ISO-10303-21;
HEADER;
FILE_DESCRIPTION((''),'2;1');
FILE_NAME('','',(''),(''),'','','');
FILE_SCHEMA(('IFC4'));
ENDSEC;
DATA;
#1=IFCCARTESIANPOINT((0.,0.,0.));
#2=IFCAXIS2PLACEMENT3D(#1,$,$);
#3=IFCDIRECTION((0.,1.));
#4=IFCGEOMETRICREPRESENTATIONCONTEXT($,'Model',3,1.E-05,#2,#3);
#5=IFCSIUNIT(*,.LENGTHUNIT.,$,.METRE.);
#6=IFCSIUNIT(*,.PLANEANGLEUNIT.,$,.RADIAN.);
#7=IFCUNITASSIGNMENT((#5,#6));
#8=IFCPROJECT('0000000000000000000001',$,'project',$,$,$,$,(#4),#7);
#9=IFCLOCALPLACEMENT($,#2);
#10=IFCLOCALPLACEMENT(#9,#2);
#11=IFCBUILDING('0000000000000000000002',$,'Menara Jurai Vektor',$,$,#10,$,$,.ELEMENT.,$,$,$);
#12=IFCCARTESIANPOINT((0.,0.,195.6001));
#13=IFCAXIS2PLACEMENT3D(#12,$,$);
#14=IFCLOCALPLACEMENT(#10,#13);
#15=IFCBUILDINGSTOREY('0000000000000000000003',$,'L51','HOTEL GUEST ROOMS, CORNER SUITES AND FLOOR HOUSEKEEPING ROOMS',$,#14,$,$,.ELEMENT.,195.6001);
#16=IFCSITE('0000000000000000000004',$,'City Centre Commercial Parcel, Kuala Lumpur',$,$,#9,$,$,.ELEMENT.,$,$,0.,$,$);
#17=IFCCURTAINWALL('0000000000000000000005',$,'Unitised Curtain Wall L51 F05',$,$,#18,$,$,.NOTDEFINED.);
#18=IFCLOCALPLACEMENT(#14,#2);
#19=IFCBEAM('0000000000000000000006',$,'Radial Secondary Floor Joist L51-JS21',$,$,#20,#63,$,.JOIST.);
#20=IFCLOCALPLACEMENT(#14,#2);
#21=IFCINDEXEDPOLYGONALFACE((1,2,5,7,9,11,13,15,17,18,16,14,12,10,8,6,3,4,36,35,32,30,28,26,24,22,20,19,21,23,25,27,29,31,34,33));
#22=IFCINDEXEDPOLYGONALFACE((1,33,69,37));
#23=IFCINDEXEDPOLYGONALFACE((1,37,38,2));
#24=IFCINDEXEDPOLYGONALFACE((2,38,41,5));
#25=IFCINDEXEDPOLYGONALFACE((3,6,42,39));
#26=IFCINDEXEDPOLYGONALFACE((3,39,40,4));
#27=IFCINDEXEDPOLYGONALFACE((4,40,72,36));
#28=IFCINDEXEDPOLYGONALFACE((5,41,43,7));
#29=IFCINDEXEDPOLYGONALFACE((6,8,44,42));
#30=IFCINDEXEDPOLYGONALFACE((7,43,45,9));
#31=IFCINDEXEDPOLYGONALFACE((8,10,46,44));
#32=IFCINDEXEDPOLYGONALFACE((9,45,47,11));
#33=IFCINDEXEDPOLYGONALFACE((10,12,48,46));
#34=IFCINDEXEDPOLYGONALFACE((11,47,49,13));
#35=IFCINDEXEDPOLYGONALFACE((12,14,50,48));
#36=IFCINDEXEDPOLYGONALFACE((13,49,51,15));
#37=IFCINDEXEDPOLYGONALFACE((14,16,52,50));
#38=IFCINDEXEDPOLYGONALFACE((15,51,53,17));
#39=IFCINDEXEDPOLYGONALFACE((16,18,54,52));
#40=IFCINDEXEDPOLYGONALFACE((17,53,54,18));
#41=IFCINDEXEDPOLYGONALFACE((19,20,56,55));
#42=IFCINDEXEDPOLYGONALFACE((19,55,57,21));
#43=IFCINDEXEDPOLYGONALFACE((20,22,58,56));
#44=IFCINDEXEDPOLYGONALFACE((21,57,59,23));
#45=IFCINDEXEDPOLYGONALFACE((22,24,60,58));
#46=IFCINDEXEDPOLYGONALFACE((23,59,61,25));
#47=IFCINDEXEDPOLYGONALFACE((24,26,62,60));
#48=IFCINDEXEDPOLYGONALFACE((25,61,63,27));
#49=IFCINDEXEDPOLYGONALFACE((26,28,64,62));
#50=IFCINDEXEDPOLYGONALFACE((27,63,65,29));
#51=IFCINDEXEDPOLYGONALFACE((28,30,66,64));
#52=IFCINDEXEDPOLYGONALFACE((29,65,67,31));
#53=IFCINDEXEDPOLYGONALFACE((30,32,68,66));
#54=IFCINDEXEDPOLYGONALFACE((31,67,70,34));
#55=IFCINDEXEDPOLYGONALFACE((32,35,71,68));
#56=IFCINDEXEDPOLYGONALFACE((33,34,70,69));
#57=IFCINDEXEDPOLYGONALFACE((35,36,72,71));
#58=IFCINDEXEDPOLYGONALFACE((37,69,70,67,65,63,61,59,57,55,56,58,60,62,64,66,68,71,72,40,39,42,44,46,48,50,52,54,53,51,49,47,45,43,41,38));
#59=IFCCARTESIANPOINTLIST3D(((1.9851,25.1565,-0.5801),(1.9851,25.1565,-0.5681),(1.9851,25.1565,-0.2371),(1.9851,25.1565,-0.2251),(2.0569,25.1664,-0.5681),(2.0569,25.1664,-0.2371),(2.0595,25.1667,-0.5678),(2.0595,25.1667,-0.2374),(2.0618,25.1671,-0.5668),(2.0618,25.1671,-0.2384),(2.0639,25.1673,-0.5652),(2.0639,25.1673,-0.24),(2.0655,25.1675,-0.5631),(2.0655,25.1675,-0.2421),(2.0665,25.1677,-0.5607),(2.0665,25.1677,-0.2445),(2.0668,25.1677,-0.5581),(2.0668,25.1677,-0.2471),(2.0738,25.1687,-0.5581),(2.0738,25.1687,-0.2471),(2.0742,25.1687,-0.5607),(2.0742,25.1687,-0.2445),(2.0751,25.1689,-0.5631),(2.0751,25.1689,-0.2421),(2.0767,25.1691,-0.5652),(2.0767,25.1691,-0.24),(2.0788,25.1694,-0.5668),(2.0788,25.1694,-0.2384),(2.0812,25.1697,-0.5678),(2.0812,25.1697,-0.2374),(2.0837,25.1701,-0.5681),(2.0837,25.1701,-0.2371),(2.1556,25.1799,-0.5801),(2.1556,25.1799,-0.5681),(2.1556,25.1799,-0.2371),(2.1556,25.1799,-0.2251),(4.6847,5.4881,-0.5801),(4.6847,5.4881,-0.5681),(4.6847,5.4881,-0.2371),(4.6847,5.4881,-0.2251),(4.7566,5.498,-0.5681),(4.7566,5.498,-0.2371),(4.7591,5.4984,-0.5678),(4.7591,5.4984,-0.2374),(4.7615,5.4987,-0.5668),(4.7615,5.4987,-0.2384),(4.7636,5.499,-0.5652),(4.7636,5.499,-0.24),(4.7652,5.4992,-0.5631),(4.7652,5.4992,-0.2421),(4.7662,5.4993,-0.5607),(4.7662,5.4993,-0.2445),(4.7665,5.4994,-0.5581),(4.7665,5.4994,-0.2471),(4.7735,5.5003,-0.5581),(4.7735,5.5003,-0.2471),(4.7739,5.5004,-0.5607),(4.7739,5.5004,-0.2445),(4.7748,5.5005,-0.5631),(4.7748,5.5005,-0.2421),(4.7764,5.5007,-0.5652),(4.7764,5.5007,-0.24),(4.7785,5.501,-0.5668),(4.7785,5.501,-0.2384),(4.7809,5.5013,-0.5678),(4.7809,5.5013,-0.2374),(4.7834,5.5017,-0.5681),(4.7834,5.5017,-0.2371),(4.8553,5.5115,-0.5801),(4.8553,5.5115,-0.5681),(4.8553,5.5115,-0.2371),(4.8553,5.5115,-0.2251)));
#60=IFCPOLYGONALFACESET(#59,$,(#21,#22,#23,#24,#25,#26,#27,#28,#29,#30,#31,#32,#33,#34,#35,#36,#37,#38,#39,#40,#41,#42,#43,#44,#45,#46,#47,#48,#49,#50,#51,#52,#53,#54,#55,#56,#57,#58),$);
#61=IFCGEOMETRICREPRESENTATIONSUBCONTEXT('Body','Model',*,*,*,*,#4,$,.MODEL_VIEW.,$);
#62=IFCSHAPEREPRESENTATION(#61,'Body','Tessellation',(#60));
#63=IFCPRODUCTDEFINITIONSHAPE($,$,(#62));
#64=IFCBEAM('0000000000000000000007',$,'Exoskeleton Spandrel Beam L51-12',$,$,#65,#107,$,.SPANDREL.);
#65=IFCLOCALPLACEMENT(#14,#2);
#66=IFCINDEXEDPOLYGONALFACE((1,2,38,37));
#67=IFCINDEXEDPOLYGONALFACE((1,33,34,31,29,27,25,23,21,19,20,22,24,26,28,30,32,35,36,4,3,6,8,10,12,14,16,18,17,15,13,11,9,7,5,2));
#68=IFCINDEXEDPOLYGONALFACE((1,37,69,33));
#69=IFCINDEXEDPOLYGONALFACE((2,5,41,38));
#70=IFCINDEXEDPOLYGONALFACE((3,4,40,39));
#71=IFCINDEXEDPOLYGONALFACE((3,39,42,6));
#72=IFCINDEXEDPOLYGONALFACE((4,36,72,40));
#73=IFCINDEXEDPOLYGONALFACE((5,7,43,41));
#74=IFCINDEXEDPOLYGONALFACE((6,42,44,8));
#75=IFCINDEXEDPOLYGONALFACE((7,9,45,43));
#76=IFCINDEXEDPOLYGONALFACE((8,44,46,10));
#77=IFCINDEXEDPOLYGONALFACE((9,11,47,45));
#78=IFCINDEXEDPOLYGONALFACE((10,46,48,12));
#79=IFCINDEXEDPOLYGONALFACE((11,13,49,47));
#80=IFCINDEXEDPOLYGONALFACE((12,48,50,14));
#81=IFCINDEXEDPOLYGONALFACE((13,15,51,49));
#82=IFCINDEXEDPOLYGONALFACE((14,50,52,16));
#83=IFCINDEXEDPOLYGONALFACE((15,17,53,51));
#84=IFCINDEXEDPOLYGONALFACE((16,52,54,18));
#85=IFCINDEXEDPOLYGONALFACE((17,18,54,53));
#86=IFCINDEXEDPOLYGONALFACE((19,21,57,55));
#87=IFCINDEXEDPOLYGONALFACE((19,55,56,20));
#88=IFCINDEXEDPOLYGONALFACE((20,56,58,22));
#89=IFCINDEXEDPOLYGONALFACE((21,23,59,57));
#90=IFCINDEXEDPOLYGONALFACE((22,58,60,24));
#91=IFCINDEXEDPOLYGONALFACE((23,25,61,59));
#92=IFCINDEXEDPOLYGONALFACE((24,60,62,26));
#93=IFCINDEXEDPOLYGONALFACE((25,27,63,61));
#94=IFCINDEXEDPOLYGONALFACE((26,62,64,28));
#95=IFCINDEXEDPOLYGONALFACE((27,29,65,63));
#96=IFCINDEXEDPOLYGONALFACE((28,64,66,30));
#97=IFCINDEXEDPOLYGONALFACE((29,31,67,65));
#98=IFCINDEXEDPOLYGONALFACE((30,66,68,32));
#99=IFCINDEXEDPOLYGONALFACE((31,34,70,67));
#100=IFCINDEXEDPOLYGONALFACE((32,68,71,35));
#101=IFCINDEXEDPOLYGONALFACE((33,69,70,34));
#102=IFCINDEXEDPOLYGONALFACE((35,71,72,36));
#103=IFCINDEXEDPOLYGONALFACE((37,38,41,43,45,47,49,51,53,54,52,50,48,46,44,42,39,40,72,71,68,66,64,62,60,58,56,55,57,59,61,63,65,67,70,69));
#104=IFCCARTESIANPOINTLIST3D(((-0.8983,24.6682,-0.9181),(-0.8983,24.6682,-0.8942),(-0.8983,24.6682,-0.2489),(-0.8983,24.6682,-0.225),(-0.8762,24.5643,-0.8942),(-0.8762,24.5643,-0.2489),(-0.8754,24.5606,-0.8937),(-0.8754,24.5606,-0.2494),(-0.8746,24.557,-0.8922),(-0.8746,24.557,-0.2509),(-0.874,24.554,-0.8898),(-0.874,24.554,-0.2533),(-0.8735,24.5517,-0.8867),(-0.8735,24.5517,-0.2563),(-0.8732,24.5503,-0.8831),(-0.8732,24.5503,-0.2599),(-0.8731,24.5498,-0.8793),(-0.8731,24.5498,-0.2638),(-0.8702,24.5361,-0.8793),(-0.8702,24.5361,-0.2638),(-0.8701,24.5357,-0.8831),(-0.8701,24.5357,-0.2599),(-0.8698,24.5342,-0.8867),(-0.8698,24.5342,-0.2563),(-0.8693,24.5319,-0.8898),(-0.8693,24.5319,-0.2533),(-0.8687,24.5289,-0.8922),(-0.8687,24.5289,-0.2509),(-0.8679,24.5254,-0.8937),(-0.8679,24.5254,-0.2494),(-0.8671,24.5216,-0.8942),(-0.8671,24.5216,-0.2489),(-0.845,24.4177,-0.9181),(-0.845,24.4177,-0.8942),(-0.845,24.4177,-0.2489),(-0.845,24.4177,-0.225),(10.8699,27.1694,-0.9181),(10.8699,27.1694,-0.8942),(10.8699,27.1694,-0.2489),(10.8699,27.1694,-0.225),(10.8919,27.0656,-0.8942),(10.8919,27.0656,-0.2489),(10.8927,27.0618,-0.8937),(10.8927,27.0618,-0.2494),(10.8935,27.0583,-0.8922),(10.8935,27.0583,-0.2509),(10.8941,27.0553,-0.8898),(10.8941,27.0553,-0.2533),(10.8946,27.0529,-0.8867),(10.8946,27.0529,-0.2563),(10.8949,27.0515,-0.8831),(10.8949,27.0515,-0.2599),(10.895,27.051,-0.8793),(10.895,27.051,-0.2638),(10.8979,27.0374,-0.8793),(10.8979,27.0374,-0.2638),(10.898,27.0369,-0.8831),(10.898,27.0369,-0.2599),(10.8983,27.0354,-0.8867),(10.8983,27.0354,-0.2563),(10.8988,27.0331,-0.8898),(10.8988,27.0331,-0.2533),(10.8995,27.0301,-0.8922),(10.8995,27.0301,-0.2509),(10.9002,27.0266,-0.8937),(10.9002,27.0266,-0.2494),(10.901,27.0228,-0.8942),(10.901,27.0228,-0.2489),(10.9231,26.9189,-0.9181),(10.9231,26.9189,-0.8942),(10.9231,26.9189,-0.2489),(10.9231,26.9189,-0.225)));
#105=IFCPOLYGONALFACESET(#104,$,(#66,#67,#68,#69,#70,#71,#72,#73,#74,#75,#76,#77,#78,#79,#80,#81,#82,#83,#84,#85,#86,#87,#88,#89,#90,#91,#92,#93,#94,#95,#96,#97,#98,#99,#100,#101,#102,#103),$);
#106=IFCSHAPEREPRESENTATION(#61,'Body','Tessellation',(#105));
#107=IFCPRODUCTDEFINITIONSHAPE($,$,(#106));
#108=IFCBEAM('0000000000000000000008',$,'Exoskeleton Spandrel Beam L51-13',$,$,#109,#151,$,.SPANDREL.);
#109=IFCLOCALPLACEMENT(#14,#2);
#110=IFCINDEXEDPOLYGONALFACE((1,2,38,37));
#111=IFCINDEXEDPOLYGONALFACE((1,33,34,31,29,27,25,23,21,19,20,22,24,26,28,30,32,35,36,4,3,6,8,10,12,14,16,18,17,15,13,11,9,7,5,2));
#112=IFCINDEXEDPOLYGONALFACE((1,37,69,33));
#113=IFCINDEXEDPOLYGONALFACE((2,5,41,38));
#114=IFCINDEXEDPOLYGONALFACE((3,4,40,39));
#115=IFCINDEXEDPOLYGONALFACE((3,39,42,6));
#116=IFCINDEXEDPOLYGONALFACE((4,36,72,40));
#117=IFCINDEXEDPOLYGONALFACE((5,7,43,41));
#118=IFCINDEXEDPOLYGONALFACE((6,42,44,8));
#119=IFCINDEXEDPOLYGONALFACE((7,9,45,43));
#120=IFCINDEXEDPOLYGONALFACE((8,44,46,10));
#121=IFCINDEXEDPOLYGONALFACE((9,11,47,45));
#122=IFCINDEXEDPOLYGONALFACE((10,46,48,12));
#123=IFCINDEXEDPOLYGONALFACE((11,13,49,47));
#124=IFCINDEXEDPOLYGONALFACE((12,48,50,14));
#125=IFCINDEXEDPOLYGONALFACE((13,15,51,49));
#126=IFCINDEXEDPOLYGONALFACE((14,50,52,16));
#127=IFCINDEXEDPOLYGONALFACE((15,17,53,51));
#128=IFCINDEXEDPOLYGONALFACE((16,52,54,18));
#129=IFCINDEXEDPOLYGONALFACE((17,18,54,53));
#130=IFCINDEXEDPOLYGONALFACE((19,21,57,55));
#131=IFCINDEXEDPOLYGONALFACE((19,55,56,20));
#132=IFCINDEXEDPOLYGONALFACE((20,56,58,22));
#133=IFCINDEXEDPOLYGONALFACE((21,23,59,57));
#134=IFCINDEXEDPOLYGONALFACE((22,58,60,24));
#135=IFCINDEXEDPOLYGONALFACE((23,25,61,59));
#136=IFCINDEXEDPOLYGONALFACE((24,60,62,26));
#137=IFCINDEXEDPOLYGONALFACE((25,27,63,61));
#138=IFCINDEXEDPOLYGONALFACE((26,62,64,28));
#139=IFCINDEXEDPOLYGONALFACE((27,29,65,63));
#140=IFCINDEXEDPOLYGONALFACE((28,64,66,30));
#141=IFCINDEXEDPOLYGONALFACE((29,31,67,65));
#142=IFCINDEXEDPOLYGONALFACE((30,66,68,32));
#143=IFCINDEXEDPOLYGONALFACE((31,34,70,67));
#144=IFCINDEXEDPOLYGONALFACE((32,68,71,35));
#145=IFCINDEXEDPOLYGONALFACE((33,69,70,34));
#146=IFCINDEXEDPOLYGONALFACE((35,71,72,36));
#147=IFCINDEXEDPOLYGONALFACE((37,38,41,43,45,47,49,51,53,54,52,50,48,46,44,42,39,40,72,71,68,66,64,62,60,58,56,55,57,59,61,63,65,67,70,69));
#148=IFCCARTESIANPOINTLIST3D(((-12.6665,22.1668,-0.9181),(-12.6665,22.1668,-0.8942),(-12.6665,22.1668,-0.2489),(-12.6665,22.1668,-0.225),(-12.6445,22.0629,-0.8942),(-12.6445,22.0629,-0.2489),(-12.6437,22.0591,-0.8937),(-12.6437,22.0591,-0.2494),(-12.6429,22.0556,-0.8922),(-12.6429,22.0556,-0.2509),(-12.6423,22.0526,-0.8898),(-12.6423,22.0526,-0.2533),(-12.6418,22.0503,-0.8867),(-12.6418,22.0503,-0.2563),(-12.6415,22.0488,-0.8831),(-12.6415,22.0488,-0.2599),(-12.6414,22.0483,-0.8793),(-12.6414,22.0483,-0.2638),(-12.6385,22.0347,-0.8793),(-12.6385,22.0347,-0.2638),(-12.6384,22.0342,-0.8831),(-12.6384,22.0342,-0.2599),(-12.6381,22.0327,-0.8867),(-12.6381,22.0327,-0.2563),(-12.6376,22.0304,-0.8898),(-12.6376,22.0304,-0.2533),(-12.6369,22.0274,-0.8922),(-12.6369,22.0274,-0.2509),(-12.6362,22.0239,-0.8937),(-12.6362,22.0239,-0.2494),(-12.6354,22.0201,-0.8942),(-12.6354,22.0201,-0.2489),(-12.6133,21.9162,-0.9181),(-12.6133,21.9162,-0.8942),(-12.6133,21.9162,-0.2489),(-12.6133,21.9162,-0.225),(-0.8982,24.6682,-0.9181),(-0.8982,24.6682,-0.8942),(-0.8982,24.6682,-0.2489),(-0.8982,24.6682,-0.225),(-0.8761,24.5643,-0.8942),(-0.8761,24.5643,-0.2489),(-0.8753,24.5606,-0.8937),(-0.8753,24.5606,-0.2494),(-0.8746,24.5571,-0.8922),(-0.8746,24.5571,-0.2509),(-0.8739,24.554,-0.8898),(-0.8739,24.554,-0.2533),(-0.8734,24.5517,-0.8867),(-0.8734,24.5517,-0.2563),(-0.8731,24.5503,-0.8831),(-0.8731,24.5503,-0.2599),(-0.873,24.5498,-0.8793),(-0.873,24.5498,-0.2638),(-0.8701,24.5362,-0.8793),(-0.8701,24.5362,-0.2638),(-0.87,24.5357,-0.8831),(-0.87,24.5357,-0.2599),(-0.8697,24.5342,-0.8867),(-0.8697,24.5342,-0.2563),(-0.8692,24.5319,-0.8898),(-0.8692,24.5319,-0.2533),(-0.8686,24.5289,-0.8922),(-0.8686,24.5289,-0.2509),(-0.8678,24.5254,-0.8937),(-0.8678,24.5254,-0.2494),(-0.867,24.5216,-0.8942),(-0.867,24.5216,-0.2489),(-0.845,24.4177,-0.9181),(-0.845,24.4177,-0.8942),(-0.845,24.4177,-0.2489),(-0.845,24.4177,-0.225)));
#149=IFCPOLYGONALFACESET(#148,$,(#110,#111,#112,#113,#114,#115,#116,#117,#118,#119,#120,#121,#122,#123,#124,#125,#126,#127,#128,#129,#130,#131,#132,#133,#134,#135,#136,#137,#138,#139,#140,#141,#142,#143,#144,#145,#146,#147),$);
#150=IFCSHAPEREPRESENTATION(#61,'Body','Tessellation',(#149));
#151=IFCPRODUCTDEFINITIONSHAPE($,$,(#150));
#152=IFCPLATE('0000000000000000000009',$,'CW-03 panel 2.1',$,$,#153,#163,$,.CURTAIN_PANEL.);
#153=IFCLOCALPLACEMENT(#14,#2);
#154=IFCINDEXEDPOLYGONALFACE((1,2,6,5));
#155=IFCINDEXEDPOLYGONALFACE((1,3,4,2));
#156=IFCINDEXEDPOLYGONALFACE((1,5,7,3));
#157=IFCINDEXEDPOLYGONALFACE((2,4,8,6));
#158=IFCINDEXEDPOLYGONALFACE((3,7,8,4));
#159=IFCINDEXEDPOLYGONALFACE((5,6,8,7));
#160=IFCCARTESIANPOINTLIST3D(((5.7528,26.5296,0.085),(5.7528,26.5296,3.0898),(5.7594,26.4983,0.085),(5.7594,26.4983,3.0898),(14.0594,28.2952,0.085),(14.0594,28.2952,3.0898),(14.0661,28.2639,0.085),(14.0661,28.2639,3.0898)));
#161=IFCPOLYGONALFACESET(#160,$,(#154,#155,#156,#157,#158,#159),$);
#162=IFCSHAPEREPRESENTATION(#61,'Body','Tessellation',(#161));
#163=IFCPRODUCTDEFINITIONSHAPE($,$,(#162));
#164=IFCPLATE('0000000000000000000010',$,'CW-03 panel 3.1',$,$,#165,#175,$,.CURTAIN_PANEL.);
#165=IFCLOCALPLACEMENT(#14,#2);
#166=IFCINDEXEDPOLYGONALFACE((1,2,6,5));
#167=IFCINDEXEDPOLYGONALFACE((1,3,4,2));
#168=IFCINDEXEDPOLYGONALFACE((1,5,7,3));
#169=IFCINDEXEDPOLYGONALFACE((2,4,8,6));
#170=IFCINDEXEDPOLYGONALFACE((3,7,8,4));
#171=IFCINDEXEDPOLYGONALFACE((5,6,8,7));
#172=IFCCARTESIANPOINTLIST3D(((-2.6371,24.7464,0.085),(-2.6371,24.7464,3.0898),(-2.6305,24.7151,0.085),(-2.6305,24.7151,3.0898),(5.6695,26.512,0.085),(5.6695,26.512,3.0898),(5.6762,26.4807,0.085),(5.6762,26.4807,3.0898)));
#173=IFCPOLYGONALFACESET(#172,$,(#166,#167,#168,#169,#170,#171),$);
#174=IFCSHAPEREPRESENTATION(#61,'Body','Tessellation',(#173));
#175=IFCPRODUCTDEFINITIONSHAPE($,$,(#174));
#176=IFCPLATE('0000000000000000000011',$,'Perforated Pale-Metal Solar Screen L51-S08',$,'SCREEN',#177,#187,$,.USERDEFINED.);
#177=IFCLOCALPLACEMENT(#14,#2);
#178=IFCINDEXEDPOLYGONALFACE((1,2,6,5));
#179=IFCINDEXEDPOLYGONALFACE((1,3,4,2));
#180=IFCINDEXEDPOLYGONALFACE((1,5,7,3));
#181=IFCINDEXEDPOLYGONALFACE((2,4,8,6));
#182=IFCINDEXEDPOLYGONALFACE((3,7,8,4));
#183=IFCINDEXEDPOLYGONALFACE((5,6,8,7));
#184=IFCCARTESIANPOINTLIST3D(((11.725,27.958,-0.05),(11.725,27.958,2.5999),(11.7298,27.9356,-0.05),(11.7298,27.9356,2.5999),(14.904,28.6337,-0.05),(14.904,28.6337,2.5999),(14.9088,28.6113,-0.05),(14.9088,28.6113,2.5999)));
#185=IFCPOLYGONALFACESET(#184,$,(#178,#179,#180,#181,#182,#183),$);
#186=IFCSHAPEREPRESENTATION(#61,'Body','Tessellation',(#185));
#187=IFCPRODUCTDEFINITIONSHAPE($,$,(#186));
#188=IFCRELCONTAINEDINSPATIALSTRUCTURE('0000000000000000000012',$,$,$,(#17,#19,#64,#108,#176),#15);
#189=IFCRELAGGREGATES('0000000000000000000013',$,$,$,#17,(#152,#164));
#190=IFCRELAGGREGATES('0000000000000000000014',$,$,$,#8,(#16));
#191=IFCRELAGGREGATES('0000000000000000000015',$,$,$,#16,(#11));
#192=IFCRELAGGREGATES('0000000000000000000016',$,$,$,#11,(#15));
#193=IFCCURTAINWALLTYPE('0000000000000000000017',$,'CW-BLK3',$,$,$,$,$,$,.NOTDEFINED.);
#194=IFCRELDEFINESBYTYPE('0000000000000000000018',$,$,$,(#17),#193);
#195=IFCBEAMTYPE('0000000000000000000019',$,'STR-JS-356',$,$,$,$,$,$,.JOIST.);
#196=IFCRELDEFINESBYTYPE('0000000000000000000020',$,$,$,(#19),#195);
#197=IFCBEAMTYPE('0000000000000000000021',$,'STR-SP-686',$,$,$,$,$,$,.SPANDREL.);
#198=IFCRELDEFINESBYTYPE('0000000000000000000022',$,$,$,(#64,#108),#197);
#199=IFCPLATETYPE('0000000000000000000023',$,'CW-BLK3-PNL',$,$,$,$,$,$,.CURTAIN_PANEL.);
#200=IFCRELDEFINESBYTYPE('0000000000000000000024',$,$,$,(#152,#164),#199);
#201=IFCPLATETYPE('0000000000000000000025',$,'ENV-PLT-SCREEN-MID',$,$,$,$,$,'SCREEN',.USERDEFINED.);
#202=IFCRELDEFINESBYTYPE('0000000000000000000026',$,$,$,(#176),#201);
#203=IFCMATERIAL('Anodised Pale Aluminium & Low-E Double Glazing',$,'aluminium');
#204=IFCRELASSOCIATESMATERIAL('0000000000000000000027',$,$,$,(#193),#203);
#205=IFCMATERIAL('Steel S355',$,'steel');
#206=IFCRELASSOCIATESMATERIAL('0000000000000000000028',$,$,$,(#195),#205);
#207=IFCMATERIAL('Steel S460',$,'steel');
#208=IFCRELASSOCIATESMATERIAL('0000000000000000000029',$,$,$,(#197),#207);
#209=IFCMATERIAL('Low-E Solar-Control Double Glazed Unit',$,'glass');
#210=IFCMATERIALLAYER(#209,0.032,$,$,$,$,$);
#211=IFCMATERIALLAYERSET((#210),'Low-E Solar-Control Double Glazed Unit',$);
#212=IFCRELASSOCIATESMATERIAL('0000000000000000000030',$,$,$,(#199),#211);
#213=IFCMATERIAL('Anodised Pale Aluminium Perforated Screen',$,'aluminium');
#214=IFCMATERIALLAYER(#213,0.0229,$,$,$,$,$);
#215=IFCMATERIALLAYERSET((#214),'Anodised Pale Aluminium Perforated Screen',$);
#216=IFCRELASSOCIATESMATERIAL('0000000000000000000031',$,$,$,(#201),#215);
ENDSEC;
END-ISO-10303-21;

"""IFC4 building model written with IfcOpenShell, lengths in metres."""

from ifc_helpers import new_model, si_unit, direction, frame, origin, origin_2d, place, context, subcontext, project, spatial, rectangle, i_section, extrude, material, layer, layer_set, material_profile, profile_set, type_object, element, aggregate, save


model = new_model("IFC4")

# Units and contexts
model_context = context("Model", 3, precision=1e-05, world=origin(), true_north=direction((0.0, 1.0)))
body_context = subcontext(model_context, "Body", "Model", "MODEL_VIEW")
ifc_project = project(units=[si_unit("LENGTHUNIT", "METRE"), si_unit("PLANEANGLEUNIT", "RADIAN")], contexts=[model_context])

# Site, building, storey
site_placement = place(None, origin())
site = spatial("IfcSite", under=ifc_project, at=site_placement, Name="City Centre Commercial Parcel, Kuala Lumpur", CompositionType="ELEMENT", RefElevation=0.0)
building_placement = place(site_placement, origin())
building = spatial("IfcBuilding", under=site, at=building_placement, Name="Menara Jurai Vektor", CompositionType="ELEMENT")
storey_placement = place(building_placement, frame((0.0, 0.0, 195.6001)))
storey = spatial("IfcBuildingStorey", under=building, at=storey_placement, Name="L51", Description="HOTEL GUEST ROOMS, CORNER SUITES AND FLOOR HOUSEKEEPING ROOMS", CompositionType="ELEMENT", Elevation=195.6001)

# Shared definitions
ifc_material_1 = material(Name="Steel S460", Category="steel")

# Curtain wall
ifc_material_2 = material(Name="Anodised Pale Aluminium & Low-E Double Glazing", Category="aluminium")
curtain_wall_type = type_object("IfcCurtainWallType", Name="CW-BLK3", PredefinedType="NOTDEFINED", material=ifc_material_2)
curtain_wall_placement = place(storey_placement, origin())
curtain_wall = element("IfcCurtainWall", 1, at=curtain_wall_placement, inside=storey, type_object=curtain_wall_type, Name="Unitised Curtain Wall L51 F05", PredefinedType="NOTDEFINED")

# Beams
ifc_material_3 = material(Name="Steel S355", Category="steel")
ifc_material_profile_1 = material_profile(ifc_material_3, i_section(OverallWidth=0.1721, OverallDepth=0.355, WebThickness=0.0071, FlangeThickness=0.012, FilletRadius=0.01, at=origin_2d()), Name="UKB 356x171x51")
ifc_profile_set_1 = profile_set([ifc_material_profile_1], Name="Steel S355")
beam_type_1 = type_object("IfcBeamType", Name="STR-JS-356", PredefinedType="JOIST", material=ifc_profile_set_1)
beam_1_placement = place(storey_placement, frame((2.0703, 25.1682, -0.4026), z_axis=(0.135986, -0.990711, 0.0), x_axis=(0.990711, 0.135986, 0.0)))
element("IfcBeam", 2, at=beam_1_placement, inside=storey, type_object=beam_type_1, Name="Radial Secondary Floor Joist L51-JS21", PredefinedType="JOIST", context=body_context, shape_type="SweptSolid", body=[
    extrude(i_section(OverallWidth=0.1721, OverallDepth=0.355, WebThickness=0.0071, FlangeThickness=0.012, FilletRadius=0.01, at=origin_2d()), origin(), (0.0, 0.0, 1.0), 19.8528),
])
ifc_material_profile_2 = material_profile(ifc_material_1, i_section(OverallWidth=0.2561, OverallDepth=0.6931, WebThickness=0.0139, FlangeThickness=0.0239, FilletRadius=0.0149, at=origin_2d()), Name="UKB 686x254x170")
ifc_profile_set_2 = profile_set([ifc_material_profile_2], Name="Steel S460")
beam_type_2 = type_object("IfcBeamType", Name="STR-SP-686", PredefinedType="SPANDREL", material=ifc_profile_set_2)
beam_2_placement = place(storey_placement, frame((10.8965, 27.0442, -0.5715), z_axis=(-0.97815, -0.207899, 0.0), x_axis=(0.207899, -0.97815, 0.0)))
element("IfcBeam", 3, at=beam_2_placement, inside=storey, type_object=beam_type_2, Name="Exoskeleton Spandrel Beam L51-12", PredefinedType="SPANDREL", context=body_context, shape_type="SweptSolid", body=[
    extrude(i_section(OverallWidth=0.2561, OverallDepth=0.6931, WebThickness=0.0139, FlangeThickness=0.0239, FilletRadius=0.0149, at=origin_2d()), origin(), (0.0, 0.0, 1.0), 12.031),
])
beam_3_placement = place(storey_placement, frame((-0.8716, 24.543, -0.5715), z_axis=(-0.978147, -0.207914, 0.0), x_axis=(0.207914, -0.978147, 0.0)))
element("IfcBeam", 4, at=beam_3_placement, inside=storey, type_object=beam_type_2, Name="Exoskeleton Spandrel Beam L51-13", PredefinedType="SPANDREL", context=body_context, shape_type="SweptSolid", body=[
    extrude(i_section(OverallWidth=0.2561, OverallDepth=0.6931, WebThickness=0.0139, FlangeThickness=0.0239, FilletRadius=0.0149, at=origin_2d()), origin(), (0.0, 0.0, 1.0), 12.0312),
])

# Plates
ifc_material_4 = material(Name="Low-E Solar-Control Double Glazed Unit", Category="glass")
ifc_layer_1 = layer(ifc_material_4, 0.032)
ifc_layer_set_1 = layer_set([ifc_layer_1], Name="Low-E Solar-Control Double Glazed Unit")
plate_type_1 = type_object("IfcPlateType", Name="CW-BLK3-PNL", PredefinedType="CURTAIN_PANEL", material=ifc_layer_set_1)
plate_1_placement = place(storey_placement, frame((9.9094, 27.3967, 0.085), z_axis=(0.0, 0.0, 1.0), x_axis=(-0.978148, -0.207911, 0.0)))
plate_1 = element("IfcPlate", 5, at=plate_1_placement, type_object=plate_type_1, Name="CW-03 panel 2.1", PredefinedType="CURTAIN_PANEL", context=body_context, shape_type="SweptSolid", body=[
    extrude(rectangle(XDim=8.4922, YDim=0.032, at=origin_2d()), origin(), (0.0, 0.0, 1.0), 3.0049),
])
plate_2_placement = place(storey_placement, frame((1.5195, 25.6135, 0.085), z_axis=(0.0, 0.0, 1.0), x_axis=(-0.978148, -0.207911, 0.0)))
plate_2 = element("IfcPlate", 6, at=plate_2_placement, type_object=plate_type_1, Name="CW-03 panel 3.1", PredefinedType="CURTAIN_PANEL", context=body_context, shape_type="SweptSolid", body=[
    extrude(rectangle(XDim=8.4922, YDim=0.032, at=origin_2d()), origin(), (0.0, 0.0, 1.0), 3.0049),
])
aggregate(curtain_wall, [plate_1, plate_2])
ifc_material_5 = material(Name="Anodised Pale Aluminium Perforated Screen", Category="aluminium")
ifc_layer_2 = layer(ifc_material_5, 0.0229)
ifc_layer_set_2 = layer_set([ifc_layer_2], Name="Anodised Pale Aluminium Perforated Screen")
plate_type_2 = type_object("IfcPlateType", Name="ENV-PLT-SCREEN-MID", ElementType="SCREEN", PredefinedType="USERDEFINED", material=ifc_layer_set_2)
plate_3_placement = place(storey_placement, frame((13.3169, 28.2847, -0.05), z_axis=(0.0, 0.0, 1.0), x_axis=(-0.978148, -0.207912, 0.0)))
element("IfcPlate", 7, at=plate_3_placement, inside=storey, type_object=plate_type_2, Name="Perforated Pale-Metal Solar Screen L51-S08", ObjectType="SCREEN", PredefinedType="USERDEFINED", context=body_context, shape_type="SweptSolid", body=[
    extrude(rectangle(XDim=3.25, YDim=0.0229, at=origin_2d()), origin(), (0.0, 0.0, 1.0), 2.6499),
])

save(model, "model.ifc")
